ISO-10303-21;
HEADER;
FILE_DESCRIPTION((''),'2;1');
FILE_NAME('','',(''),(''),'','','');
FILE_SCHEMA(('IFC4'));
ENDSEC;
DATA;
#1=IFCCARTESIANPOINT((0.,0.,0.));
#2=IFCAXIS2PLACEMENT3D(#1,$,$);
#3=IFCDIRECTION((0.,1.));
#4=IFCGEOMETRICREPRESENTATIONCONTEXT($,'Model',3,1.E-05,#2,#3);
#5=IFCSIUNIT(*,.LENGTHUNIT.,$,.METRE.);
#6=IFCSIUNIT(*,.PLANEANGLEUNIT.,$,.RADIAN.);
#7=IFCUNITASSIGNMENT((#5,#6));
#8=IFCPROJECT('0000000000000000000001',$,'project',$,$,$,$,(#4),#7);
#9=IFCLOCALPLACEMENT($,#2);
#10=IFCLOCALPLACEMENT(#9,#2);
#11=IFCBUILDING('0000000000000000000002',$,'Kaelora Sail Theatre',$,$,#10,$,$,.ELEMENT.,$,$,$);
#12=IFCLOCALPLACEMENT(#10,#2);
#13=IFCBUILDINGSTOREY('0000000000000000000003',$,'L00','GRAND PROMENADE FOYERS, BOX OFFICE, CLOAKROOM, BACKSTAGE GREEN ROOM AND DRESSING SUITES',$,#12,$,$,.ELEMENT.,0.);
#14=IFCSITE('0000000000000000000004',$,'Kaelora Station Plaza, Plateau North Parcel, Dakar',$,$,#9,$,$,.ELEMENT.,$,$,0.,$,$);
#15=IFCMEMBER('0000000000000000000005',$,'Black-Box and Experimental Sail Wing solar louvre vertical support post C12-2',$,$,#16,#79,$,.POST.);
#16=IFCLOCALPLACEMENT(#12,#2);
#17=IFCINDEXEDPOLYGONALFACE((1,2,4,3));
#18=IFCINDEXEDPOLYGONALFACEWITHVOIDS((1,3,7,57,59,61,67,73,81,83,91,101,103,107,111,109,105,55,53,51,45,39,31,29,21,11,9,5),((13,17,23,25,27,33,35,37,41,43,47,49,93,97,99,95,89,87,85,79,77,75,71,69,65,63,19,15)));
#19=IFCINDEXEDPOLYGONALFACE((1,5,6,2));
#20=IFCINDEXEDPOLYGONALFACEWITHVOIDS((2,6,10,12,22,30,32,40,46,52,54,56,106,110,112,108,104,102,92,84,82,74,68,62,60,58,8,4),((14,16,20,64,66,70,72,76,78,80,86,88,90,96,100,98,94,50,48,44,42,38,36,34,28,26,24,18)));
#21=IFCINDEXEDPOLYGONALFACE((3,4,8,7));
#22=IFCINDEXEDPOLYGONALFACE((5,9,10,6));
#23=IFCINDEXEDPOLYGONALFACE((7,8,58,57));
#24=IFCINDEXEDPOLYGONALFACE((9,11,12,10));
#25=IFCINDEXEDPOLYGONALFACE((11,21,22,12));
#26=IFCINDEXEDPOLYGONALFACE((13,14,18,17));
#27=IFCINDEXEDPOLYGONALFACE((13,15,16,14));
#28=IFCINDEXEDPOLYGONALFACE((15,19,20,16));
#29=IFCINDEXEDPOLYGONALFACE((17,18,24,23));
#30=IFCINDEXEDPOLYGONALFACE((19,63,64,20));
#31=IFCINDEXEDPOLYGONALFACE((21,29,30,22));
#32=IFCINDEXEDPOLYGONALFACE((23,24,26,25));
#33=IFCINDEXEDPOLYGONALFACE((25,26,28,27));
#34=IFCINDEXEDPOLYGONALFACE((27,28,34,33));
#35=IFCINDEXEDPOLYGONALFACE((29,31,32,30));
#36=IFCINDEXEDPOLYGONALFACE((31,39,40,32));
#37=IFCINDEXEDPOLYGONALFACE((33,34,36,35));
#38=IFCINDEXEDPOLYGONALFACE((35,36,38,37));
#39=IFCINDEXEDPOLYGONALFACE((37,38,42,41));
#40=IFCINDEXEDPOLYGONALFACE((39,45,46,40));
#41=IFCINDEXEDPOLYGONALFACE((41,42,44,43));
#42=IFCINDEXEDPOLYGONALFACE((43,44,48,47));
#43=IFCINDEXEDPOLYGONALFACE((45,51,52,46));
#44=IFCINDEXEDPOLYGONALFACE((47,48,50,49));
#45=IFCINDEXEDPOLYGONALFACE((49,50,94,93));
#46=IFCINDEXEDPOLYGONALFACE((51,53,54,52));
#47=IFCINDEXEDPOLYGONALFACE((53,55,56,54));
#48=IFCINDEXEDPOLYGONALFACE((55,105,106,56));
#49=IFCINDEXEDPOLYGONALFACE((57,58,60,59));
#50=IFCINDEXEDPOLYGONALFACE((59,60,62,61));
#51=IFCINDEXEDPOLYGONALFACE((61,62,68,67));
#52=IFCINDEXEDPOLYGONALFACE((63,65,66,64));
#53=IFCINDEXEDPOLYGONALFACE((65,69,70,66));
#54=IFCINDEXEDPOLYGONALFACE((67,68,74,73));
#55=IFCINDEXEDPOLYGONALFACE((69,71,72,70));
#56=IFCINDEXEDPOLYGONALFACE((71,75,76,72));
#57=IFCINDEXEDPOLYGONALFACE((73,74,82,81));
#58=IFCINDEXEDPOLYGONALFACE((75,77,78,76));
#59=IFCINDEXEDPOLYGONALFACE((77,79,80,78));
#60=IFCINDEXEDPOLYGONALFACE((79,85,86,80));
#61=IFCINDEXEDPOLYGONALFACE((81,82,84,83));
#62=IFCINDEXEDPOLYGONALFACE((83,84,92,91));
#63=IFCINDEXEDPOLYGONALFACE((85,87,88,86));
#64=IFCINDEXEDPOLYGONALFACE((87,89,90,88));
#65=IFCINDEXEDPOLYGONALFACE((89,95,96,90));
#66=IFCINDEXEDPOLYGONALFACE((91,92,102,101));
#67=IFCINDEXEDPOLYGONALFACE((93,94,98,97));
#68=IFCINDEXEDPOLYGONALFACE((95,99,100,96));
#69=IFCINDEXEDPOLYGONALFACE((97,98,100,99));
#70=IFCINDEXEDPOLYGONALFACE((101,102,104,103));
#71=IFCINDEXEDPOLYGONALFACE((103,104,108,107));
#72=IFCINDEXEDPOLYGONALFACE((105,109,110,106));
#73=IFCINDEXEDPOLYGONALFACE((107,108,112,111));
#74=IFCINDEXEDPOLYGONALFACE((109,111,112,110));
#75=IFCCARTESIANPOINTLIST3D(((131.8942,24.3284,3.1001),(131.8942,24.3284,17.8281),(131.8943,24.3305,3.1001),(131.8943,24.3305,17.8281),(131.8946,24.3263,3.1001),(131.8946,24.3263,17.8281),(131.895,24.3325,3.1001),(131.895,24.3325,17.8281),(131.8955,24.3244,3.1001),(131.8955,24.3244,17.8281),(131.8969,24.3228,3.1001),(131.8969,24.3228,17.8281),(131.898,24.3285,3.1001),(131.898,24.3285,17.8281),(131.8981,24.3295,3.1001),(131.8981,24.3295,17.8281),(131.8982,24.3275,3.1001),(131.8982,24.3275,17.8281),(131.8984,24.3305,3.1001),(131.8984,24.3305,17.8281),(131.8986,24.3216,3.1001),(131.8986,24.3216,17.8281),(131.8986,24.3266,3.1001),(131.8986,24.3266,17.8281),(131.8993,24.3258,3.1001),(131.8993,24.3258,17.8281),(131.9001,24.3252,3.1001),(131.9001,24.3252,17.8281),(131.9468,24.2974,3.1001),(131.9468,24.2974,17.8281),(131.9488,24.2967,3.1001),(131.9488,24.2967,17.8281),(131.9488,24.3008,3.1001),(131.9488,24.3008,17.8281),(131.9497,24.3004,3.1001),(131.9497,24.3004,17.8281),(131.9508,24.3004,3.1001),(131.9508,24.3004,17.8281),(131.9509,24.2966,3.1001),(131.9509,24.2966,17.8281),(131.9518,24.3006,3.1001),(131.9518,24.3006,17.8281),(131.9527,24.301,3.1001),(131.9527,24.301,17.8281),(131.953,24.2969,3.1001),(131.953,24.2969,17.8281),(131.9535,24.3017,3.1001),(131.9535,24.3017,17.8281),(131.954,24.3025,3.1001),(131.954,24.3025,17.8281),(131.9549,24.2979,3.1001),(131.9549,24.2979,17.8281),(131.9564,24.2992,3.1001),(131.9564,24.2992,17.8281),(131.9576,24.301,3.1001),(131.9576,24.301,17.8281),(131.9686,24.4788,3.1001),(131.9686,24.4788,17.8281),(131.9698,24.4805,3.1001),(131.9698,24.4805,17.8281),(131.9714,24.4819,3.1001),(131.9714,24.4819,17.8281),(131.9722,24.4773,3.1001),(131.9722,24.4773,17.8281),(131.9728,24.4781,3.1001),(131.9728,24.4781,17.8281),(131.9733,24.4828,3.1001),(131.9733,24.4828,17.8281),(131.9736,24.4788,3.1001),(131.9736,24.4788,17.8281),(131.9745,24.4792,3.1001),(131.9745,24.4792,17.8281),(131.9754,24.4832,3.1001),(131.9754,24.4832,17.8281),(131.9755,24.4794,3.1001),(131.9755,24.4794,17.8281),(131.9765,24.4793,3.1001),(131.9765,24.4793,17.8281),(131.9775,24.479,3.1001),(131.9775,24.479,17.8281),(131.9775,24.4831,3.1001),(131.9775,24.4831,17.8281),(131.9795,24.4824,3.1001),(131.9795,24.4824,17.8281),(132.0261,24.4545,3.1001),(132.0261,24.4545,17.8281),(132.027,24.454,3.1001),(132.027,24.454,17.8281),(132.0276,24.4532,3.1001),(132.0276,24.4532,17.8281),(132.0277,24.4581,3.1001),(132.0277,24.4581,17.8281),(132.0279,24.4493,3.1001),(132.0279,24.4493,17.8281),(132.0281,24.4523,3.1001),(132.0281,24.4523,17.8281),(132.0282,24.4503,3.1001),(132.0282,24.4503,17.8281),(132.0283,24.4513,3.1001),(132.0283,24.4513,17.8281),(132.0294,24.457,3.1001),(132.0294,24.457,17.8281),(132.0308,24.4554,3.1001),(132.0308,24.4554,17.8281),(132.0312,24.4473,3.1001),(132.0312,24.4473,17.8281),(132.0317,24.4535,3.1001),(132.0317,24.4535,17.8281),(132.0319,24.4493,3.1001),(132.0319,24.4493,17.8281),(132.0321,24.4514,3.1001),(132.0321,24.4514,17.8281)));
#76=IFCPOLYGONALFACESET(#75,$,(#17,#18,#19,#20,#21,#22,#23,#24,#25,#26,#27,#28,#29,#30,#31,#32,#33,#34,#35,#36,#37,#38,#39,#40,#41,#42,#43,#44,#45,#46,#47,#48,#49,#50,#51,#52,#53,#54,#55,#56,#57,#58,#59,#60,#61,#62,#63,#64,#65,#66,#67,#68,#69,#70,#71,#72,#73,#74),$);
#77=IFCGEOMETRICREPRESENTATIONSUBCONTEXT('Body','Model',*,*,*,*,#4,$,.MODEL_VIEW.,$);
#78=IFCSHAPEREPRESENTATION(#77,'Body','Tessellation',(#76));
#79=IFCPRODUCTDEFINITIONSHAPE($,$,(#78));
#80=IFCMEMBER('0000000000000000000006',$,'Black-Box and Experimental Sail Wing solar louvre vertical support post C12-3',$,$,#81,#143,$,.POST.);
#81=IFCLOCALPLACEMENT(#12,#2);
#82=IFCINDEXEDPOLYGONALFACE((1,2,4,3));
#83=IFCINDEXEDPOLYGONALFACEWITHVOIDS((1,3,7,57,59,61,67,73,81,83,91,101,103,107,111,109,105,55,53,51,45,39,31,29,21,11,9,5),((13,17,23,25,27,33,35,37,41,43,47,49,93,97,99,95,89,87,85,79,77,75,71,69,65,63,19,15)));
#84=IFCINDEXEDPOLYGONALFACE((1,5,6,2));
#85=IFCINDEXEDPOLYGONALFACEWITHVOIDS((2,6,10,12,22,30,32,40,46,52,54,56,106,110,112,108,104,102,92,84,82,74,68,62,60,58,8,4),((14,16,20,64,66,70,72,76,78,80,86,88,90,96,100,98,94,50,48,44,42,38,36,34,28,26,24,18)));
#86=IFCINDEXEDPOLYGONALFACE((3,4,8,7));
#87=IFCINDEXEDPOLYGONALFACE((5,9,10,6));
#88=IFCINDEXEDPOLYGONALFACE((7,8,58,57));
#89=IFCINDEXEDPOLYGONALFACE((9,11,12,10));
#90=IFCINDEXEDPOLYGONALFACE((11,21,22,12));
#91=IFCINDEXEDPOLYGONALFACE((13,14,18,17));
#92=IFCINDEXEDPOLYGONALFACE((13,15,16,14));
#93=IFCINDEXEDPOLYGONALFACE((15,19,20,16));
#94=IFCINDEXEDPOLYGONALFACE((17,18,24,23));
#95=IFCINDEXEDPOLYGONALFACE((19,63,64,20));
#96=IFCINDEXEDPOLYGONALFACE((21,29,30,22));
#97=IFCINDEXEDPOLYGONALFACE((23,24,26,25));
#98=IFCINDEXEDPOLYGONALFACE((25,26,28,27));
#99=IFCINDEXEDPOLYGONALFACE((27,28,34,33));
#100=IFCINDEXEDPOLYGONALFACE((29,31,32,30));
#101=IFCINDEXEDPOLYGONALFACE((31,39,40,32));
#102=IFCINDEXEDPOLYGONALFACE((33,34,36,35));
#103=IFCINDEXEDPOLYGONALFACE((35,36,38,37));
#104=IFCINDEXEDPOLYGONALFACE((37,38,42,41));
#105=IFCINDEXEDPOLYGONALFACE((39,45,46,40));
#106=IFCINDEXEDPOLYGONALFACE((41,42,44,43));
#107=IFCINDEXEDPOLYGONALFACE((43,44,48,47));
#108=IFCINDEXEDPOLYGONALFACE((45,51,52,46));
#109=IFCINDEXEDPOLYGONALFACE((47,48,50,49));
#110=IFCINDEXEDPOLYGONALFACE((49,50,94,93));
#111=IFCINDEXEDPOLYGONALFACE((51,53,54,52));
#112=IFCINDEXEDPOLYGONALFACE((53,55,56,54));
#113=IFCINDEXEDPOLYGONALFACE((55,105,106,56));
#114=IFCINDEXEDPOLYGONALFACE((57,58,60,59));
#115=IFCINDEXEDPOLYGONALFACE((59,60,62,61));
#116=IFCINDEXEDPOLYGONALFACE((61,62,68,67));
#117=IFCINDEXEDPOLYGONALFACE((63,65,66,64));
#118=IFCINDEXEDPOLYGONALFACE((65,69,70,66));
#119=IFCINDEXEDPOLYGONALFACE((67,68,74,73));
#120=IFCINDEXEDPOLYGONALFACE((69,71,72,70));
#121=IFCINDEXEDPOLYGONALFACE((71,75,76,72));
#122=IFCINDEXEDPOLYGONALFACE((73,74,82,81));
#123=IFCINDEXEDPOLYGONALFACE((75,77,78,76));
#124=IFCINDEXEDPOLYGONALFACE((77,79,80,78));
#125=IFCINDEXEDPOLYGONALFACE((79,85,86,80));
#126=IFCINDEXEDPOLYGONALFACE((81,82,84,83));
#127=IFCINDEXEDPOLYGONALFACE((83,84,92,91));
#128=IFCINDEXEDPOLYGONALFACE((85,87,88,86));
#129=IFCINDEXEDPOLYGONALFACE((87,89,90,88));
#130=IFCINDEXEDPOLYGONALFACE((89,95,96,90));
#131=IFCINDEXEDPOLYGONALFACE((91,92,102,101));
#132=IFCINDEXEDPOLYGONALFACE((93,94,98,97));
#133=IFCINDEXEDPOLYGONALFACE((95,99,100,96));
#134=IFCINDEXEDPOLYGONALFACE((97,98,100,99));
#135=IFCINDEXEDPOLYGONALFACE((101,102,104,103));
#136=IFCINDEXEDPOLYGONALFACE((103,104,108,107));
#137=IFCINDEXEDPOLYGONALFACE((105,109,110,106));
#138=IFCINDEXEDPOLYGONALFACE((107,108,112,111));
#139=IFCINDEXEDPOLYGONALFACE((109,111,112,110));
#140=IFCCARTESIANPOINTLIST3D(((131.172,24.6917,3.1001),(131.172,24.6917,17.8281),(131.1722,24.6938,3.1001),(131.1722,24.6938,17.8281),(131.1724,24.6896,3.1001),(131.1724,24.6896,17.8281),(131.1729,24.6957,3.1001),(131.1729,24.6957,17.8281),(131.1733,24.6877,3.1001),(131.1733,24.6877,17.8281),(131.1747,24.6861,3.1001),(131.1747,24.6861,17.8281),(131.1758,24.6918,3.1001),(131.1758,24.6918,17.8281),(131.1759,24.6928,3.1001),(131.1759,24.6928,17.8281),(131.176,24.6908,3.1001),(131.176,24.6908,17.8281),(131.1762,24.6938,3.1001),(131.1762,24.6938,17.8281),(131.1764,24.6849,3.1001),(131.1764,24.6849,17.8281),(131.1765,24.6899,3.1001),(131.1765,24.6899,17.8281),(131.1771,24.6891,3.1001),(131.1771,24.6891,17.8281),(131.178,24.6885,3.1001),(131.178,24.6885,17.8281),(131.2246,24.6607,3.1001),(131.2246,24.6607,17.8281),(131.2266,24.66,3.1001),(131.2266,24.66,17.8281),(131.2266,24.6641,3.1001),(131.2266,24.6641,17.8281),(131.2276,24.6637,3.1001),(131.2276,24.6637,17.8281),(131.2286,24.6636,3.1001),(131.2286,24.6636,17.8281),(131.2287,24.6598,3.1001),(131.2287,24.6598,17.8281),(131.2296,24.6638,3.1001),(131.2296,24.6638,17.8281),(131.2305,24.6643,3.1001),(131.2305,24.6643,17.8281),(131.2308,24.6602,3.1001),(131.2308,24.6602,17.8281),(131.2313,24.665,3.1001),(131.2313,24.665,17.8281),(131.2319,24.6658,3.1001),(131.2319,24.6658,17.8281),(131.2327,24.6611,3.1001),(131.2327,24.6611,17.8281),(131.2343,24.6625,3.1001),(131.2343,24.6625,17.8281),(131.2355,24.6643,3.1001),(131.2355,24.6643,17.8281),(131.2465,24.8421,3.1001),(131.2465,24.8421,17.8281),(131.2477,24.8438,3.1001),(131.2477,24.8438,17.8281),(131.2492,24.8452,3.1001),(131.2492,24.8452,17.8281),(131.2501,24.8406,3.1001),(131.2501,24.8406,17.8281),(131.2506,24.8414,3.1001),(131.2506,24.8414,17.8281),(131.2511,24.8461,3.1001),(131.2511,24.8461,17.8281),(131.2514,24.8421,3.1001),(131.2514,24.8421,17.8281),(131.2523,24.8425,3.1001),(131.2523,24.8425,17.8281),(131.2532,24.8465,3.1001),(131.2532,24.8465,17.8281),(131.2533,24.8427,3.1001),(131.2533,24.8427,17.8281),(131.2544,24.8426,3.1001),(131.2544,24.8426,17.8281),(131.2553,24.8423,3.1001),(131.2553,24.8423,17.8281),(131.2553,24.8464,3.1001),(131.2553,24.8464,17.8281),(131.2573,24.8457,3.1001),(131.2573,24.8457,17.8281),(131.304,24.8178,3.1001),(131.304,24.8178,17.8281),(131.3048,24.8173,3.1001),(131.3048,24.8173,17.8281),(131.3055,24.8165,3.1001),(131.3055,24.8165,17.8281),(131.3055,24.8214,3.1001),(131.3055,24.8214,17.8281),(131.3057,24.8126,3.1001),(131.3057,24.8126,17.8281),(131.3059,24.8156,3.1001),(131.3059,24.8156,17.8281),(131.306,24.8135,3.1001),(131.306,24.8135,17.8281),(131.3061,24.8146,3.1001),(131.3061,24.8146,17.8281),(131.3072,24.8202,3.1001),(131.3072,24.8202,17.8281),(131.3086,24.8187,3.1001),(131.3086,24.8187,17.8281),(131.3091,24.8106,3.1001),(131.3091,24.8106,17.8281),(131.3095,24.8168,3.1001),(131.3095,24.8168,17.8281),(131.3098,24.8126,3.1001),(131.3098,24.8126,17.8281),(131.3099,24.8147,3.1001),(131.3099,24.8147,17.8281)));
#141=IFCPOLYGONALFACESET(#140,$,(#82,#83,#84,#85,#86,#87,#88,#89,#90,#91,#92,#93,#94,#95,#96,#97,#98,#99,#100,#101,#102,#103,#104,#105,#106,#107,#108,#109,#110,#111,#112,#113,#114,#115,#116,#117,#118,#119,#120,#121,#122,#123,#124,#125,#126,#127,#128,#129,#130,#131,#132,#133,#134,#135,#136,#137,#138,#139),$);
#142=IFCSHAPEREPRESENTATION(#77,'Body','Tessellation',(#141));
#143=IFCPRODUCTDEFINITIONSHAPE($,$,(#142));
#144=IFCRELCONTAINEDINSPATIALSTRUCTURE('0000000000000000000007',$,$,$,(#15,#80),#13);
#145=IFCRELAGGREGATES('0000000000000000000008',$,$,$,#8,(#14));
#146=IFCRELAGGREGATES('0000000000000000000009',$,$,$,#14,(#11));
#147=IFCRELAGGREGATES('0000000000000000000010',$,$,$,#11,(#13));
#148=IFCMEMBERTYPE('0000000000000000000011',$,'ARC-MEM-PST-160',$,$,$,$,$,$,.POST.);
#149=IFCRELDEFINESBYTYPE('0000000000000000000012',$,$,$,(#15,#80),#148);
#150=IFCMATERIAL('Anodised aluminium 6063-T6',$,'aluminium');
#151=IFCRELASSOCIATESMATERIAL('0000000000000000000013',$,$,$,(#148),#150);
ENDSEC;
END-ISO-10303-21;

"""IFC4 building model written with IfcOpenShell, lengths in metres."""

from ifc_helpers import new_model, si_unit, direction, frame, origin, origin_2d, place, context, subcontext, project, spatial, hollow_rectangle, extrude, material, material_profile, profile_set, type_object, element, save


model = new_model("IFC4")

# Units and contexts
model_context = context("Model", 3, precision=1e-05, world=origin(), true_north=direction((0.0, 1.0)))
body_context = subcontext(model_context, "Body", "Model", "MODEL_VIEW")
ifc_project = project(units=[si_unit("LENGTHUNIT", "METRE"), si_unit("PLANEANGLEUNIT", "RADIAN")], contexts=[model_context])

# Site, building, storey
site_placement = place(None, origin())
site = spatial("IfcSite", under=ifc_project, at=site_placement, Name="Kaelora Station Plaza, Plateau North Parcel, Dakar", CompositionType="ELEMENT", RefElevation=0.0)
building_placement = place(site_placement, origin())
building = spatial("IfcBuilding", under=site, at=building_placement, Name="Kaelora Sail Theatre", CompositionType="ELEMENT")
storey_placement = place(building_placement, origin())
storey = spatial("IfcBuildingStorey", under=building, at=storey_placement, Name="L00", Description="GRAND PROMENADE FOYERS, BOX OFFICE, CLOAKROOM, BACKSTAGE GREEN ROOM AND DRESSING SUITES", CompositionType="ELEMENT", Elevation=0.0)

# Members
ifc_material_1 = material(Name="Anodised aluminium 6063-T6", Category="aluminium")
ifc_material_profile_1 = material_profile(ifc_material_1, hollow_rectangle(XDim=0.0701, YDim=0.1799, WallThickness=0.0039, InnerFilletRadius=0.0039, OuterFilletRadius=0.0081, at=origin_2d()), Name="ALU-MULL 70x180x4")
ifc_profile_set_1 = profile_set([ifc_material_profile_1], Name="Anodised aluminium 6063-T6")
member_type_1 = type_object("IfcMemberType", Name="ARC-MEM-PST-160", PredefinedType="POST", material=ifc_profile_set_1)
for number, where, z_axis, x_axis, name in (
    (1, (131.9631, 24.3899, 3.1001), (0.0, 0.0, 1.0), (-0.893371, 0.449319, 0.0), "Black-Box and Experimental Sail Wing solar louvre vertical support post C12-2"),
    (2, (131.241, 24.7532, 3.1001), (0.0, 0.0, 1.0), (-0.893371, 0.449319, 0.0), "Black-Box and Experimental Sail Wing solar louvre vertical support post C12-3"),
):
    element("IfcMember", number, at=place(storey_placement, frame(where, z_axis=z_axis, x_axis=x_axis)), inside=storey, type_object=member_type_1, Name=name, PredefinedType="POST", context=body_context, shape_type="SweptSolid", body=[
        extrude(hollow_rectangle(XDim=0.0701, YDim=0.1799, WallThickness=0.0039, InnerFilletRadius=0.0039, OuterFilletRadius=0.0081, at=origin_2d()), origin(), (0.0, 0.0, 1.0), 14.728),
    ])

save(model, "model.ifc")
